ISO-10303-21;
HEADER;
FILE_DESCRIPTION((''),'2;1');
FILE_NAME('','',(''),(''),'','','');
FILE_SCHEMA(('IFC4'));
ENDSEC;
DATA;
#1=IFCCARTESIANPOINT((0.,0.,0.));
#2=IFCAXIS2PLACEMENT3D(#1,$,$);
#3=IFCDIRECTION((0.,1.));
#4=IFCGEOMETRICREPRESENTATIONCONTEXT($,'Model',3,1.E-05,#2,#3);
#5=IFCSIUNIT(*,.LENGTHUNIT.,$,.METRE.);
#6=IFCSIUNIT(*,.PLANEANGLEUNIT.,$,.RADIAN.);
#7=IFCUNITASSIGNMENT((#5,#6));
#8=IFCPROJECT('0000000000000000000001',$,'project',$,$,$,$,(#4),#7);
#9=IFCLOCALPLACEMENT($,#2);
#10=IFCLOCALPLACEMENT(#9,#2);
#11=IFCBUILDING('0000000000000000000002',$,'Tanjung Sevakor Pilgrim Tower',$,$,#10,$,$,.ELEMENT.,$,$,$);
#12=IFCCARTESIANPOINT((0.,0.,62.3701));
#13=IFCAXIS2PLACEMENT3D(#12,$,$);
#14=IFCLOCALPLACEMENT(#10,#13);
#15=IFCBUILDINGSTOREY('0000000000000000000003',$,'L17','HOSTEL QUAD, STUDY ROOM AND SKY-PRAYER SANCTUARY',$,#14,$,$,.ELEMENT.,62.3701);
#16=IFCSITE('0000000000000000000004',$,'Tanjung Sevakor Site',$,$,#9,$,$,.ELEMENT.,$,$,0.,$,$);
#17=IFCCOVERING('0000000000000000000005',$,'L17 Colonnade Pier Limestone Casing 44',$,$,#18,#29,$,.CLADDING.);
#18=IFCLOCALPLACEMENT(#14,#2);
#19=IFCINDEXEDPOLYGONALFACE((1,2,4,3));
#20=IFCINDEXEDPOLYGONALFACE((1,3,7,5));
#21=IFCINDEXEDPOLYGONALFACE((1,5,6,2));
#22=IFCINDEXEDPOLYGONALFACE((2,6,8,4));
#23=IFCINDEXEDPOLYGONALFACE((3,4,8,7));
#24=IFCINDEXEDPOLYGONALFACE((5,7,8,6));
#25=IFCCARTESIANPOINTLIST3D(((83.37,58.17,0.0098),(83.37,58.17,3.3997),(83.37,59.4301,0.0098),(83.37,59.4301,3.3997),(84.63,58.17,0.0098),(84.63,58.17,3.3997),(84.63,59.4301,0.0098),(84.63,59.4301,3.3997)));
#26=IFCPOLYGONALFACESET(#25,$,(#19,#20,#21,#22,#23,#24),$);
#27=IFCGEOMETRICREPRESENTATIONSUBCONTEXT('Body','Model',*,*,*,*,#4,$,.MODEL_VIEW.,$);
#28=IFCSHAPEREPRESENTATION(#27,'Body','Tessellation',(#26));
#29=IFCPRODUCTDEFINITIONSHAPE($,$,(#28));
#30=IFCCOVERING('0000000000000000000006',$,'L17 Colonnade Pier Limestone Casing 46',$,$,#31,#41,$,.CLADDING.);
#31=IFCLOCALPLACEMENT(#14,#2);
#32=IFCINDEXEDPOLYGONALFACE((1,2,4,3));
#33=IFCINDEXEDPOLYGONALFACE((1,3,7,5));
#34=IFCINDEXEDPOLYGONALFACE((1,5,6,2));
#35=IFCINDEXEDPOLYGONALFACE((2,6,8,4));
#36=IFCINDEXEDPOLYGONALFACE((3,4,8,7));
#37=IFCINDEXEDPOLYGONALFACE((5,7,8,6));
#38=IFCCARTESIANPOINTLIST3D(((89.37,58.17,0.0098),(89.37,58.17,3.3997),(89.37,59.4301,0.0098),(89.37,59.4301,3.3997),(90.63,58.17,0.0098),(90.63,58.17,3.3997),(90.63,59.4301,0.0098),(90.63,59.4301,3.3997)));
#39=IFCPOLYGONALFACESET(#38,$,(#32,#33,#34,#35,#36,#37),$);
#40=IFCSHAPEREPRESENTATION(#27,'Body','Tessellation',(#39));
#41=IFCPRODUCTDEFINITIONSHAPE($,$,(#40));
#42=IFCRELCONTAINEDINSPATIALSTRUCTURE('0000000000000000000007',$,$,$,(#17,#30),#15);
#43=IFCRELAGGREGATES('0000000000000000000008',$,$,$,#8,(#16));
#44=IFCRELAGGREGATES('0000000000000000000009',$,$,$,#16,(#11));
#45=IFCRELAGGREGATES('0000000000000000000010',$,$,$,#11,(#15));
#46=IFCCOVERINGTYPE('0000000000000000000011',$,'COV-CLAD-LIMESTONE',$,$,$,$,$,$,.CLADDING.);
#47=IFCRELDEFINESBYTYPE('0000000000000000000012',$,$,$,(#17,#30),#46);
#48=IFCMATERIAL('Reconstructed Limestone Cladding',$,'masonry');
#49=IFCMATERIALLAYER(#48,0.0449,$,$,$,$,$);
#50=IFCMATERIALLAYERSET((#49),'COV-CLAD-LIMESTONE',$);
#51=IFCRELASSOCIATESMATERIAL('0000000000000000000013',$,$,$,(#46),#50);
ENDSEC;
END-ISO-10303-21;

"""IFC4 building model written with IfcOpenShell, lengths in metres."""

from ifc_helpers import new_model, si_unit, direction, frame, origin, origin_2d, place, context, subcontext, project, spatial, rectangle, extrude, material, layer, layer_set, type_object, element, save


model = new_model("IFC4")

# Units and contexts
model_context = context("Model", 3, precision=1e-05, world=origin(), true_north=direction((0.0, 1.0)))
body_context = subcontext(model_context, "Body", "Model", "MODEL_VIEW")
ifc_project = project(units=[si_unit("LENGTHUNIT", "METRE"), si_unit("PLANEANGLEUNIT", "RADIAN")], contexts=[model_context])

# Site, building, storey
site_placement = place(None, origin())
site = spatial("IfcSite", under=ifc_project, at=site_placement, Name="Tanjung Sevakor Site", CompositionType="ELEMENT", RefElevation=0.0)
building_placement = place(site_placement, origin())
building = spatial("IfcBuilding", under=site, at=building_placement, Name="Tanjung Sevakor Pilgrim Tower", CompositionType="ELEMENT")
storey_placement = place(building_placement, frame((0.0, 0.0, 62.3701)))
storey = spatial("IfcBuildingStorey", under=building, at=storey_placement, Name="L17", Description="HOSTEL QUAD, STUDY ROOM AND SKY-PRAYER SANCTUARY", CompositionType="ELEMENT", Elevation=62.3701)

# Coverings
ifc_material_1 = material(Name="Reconstructed Limestone Cladding", Category="masonry")
ifc_layer_1 = layer(ifc_material_1, 0.0449)
ifc_layer_set_1 = layer_set([ifc_layer_1], Name="COV-CLAD-LIMESTONE")
covering_type = type_object("IfcCoveringType", Name="COV-CLAD-LIMESTONE", PredefinedType="CLADDING", material=ifc_layer_set_1)
for number, where, z_axis, x_axis, name in (
    (1, (84.0, 58.8, 0.0098), (0.0, 0.0, 1.0), (1.0, 0.0, 0.0), "L17 Colonnade Pier Limestone Casing 44"),
    (2, (90.0, 58.8, 0.0098), (0.0, 0.0, 1.0), (1.0, 0.0, 0.0), "L17 Colonnade Pier Limestone Casing 46"),
):
    element("IfcCovering", number, at=place(storey_placement, frame(where, z_axis=z_axis, x_axis=x_axis)), inside=storey, type_object=covering_type, Name=name, PredefinedType="CLADDING", context=body_context, shape_type="SweptSolid", body=[
        extrude(rectangle(XDim=1.26, YDim=1.26, at=origin_2d()), origin(), (0.0, 0.0, 1.0), 3.3899),
    ])

save(model, "model.ifc")
